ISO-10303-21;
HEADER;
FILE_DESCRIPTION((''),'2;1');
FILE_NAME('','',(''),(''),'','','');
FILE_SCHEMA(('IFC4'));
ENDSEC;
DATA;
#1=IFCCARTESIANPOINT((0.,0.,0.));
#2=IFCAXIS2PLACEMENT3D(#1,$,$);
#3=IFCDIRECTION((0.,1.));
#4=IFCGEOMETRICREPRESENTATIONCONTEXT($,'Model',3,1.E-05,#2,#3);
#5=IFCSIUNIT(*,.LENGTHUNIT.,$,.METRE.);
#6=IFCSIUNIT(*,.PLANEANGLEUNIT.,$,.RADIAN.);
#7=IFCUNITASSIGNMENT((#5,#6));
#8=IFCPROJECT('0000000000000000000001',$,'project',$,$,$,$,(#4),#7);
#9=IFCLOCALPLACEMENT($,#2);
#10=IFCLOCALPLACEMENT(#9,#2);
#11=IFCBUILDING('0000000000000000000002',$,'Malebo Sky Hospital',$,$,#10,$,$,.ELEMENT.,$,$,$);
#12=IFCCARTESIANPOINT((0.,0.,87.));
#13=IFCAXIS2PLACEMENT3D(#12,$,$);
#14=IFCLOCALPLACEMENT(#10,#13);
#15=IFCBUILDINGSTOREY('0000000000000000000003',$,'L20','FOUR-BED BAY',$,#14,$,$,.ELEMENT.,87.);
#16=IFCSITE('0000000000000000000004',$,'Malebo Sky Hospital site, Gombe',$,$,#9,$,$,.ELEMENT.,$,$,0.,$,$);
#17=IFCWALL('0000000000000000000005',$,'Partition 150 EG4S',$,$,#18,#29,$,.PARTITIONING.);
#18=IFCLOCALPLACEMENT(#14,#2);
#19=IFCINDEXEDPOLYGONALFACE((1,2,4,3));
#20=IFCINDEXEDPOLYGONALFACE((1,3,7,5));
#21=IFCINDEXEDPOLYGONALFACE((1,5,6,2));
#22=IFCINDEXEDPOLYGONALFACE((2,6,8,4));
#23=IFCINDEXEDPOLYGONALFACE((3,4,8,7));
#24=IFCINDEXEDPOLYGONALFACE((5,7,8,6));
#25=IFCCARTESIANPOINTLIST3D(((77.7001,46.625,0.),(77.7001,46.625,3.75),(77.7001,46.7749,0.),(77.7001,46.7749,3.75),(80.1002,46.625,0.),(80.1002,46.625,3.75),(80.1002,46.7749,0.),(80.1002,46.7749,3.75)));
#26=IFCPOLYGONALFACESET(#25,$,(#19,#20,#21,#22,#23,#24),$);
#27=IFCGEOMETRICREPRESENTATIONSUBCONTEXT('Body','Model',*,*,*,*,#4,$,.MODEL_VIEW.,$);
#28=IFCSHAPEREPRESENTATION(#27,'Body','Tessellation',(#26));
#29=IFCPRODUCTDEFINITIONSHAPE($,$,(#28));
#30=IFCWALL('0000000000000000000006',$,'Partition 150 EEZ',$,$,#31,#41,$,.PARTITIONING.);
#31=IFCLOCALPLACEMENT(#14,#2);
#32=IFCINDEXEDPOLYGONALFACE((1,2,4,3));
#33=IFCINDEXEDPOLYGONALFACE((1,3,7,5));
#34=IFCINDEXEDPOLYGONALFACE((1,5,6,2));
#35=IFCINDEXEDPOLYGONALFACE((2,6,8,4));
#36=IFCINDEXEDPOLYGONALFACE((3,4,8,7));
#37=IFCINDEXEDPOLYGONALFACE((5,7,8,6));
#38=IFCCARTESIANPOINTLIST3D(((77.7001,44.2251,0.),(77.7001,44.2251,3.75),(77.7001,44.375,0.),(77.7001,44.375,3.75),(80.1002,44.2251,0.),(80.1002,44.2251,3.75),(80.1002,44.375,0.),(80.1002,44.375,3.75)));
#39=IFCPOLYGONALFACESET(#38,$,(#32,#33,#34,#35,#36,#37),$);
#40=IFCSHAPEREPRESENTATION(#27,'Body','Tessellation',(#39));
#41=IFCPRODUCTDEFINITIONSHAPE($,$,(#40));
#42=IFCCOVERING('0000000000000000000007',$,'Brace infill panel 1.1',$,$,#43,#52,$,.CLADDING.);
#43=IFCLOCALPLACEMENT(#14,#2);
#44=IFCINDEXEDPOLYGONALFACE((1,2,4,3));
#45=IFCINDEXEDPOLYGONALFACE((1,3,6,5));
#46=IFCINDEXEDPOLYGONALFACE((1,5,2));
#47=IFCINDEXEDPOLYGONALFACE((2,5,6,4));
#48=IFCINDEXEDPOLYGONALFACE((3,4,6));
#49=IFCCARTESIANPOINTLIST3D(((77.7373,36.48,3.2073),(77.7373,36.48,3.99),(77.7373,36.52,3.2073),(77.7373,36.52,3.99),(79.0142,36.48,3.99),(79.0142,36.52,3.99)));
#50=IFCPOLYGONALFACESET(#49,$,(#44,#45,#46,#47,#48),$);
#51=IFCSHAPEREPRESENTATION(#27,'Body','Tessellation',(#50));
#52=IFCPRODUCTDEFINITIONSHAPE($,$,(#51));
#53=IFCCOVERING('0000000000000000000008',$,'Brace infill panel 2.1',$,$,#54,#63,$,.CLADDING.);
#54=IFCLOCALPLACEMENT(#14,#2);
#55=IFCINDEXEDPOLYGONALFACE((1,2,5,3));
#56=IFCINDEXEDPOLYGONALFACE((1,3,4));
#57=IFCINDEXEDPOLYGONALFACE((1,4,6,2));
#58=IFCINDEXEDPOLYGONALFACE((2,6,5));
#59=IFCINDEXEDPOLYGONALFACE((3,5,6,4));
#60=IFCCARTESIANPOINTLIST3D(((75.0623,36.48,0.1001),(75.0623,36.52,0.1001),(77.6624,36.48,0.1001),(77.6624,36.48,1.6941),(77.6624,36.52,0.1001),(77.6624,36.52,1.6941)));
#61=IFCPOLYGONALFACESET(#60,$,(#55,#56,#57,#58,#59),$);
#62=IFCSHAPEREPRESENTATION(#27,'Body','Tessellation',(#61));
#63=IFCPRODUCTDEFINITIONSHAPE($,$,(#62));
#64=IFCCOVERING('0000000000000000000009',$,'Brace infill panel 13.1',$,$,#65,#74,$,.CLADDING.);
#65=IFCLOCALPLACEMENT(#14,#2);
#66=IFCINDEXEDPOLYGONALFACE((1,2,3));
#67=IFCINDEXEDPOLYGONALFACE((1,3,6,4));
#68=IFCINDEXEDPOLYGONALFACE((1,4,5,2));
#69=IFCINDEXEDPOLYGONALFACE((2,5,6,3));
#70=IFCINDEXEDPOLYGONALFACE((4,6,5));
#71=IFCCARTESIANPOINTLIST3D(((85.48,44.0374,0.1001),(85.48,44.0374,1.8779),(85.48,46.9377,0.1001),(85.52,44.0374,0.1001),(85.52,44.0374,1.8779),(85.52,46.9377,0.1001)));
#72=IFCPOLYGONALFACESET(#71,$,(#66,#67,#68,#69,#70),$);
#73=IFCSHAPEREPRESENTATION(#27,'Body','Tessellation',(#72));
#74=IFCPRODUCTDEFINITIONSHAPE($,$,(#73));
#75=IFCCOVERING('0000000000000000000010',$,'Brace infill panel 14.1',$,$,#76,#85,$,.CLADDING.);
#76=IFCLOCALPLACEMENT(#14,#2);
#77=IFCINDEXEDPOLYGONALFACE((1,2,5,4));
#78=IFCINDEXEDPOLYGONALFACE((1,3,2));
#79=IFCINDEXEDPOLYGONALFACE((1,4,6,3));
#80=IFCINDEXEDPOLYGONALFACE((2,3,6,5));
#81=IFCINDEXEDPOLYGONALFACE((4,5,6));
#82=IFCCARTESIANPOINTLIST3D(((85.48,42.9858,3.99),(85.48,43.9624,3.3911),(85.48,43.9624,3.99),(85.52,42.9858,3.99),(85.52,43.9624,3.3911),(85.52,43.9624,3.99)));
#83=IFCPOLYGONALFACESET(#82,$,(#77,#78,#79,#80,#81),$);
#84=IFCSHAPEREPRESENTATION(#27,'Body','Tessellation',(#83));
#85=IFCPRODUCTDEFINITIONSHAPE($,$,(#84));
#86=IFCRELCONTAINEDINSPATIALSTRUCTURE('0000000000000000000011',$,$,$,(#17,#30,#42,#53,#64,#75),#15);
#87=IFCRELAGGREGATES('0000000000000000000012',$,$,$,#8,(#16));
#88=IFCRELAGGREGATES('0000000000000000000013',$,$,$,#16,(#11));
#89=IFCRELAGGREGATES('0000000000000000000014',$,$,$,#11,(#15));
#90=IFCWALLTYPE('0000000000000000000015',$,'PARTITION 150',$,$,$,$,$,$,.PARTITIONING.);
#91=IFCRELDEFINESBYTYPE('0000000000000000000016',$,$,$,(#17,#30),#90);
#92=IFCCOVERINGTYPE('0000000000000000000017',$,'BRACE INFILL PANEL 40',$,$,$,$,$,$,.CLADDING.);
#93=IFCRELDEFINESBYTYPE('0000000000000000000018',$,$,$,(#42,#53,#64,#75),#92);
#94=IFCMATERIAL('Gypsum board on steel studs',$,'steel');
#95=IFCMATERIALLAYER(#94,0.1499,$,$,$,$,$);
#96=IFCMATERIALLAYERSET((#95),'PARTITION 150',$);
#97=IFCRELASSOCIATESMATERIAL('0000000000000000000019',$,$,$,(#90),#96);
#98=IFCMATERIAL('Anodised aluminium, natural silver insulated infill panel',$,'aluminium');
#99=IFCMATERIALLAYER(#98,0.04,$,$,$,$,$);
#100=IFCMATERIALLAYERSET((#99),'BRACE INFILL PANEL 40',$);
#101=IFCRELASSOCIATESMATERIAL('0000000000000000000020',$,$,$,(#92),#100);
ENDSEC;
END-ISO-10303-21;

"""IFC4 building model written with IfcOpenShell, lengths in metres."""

from ifc_helpers import new_model, si_unit, direction, frame, frame_2d, origin, place, context, subcontext, project, spatial, polyline, rectangle, outline, extrude, material, layer, layer_set, type_object, element, save


model = new_model("IFC4")

# Units and contexts
model_context = context("Model", 3, precision=1e-05, world=origin(), true_north=direction((0.0, 1.0)))
body_context = subcontext(model_context, "Body", "Model", "MODEL_VIEW")
ifc_project = project(units=[si_unit("LENGTHUNIT", "METRE"), si_unit("PLANEANGLEUNIT", "RADIAN")], contexts=[model_context])

# Site, building, storey
site_placement = place(None, origin())
site = spatial("IfcSite", under=ifc_project, at=site_placement, Name="Malebo Sky Hospital site, Gombe", CompositionType="ELEMENT", RefElevation=0.0)
building_placement = place(site_placement, origin())
building = spatial("IfcBuilding", under=site, at=building_placement, Name="Malebo Sky Hospital", CompositionType="ELEMENT")
storey_placement = place(building_placement, frame((0.0, 0.0, 87.0)))
storey = spatial("IfcBuildingStorey", under=building, at=storey_placement, Name="L20", Description="FOUR-BED BAY", CompositionType="ELEMENT", Elevation=87.0)

# Shared definitions
ifc_material_1 = material(Name="Gypsum board on steel studs", Category="steel")

# Shared definitions
ifc_layer_1 = layer(ifc_material_1, 0.1499)
ifc_layer_set_1 = layer_set([ifc_layer_1], Name="PARTITION 150")
wall_type_1 = type_object("IfcWallType", Name="PARTITION 150", PredefinedType="PARTITIONING", material=ifc_layer_set_1)

# Walls
for number, where, z_axis, x_axis, name in (
    (1, (77.7, 46.7, 0.0), (0.0, 0.0, 1.0), (1.0, 0.0, 0.0), "Partition 150 EG4S"),
    (2, (77.7, 44.3, 0.0), (0.0, 0.0, 1.0), (1.0, 0.0, 0.0), "Partition 150 EEZ"),
):
    element("IfcWall", number, at=place(storey_placement, frame(where, z_axis=z_axis, x_axis=x_axis)), inside=storey, type_object=wall_type_1, Name=name, PredefinedType="PARTITIONING", context=body_context, shape_type="SweptSolid", body=[
        extrude(rectangle(XDim=2.4001, YDim=0.1499, at=frame_2d((1.2002, 0.0))), origin(), (0.0, 0.0, 1.0), 3.75),
    ])

# Coverings
ifc_material_2 = material(Name="Anodised aluminium, natural silver insulated infill panel", Category="aluminium")
ifc_layer_2 = layer(ifc_material_2, 0.04)
ifc_layer_set_2 = layer_set([ifc_layer_2], Name="BRACE INFILL PANEL 40")
covering_type = type_object("IfcCoveringType", Name="BRACE INFILL PANEL 40", PredefinedType="CLADDING", material=ifc_layer_set_2)
covering_1_placement = place(storey_placement, frame((78.3757, 36.5, 3.2073), z_axis=(0.0, 0.0, 1.0), x_axis=(-1.0, 0.0, 0.0)))
element("IfcCovering", 3, at=covering_1_placement, inside=storey, type_object=covering_type, Name="Brace infill panel 1.1", PredefinedType="CLADDING", context=body_context, shape_type="SweptSolid", body=[
    extrude(outline(polyline([(0.6384, 0.0), (0.6384, 0.7827), (-0.6384, 0.7827), (0.6384, 0.0)])), frame((0.0, 0.02, 0.0), z_axis=(0.0, -1.0, 0.0), x_axis=(1.0, 0.0, 0.0)), (0.0, 0.0, 1.0), 0.04),
])
covering_2_placement = place(storey_placement, frame((76.3623, 36.5, 0.1001), z_axis=(0.0, 0.0, 1.0), x_axis=(-1.0, 0.0, 0.0)))
element("IfcCovering", 4, at=covering_2_placement, inside=storey, type_object=covering_type, Name="Brace infill panel 2.1", PredefinedType="CLADDING", context=body_context, shape_type="SweptSolid", body=[
    extrude(outline(polyline([(-1.3, 0.0), (1.3, 0.0), (-1.3, 1.594), (-1.3, 0.0)])), frame((0.0, 0.02, 0.0), z_axis=(0.0, -1.0, 0.0), x_axis=(1.0, 0.0, 0.0)), (0.0, 0.0, 1.0), 0.04),
])
covering_3_placement = place(storey_placement, frame((85.5, 45.4875, 0.1001), z_axis=(0.0, 0.0, 1.0), x_axis=(0.0, -1.0, 0.0)))
element("IfcCovering", 5, at=covering_3_placement, inside=storey, type_object=covering_type, Name="Brace infill panel 13.1", PredefinedType="CLADDING", context=body_context, shape_type="SweptSolid", body=[
    extrude(outline(polyline([(-1.4502, 0.0), (1.4502, 0.0), (1.4502, 1.7778), (-1.4502, 0.0)])), frame((0.0, 0.02, 0.0), z_axis=(0.0, -1.0, 0.0), x_axis=(1.0, 0.0, 0.0)), (0.0, 0.0, 1.0), 0.04),
])
covering_4_placement = place(storey_placement, frame((85.5, 43.4741, 3.3911), z_axis=(0.0, 0.0, 1.0), x_axis=(0.0, -1.0, 0.0)))
element("IfcCovering", 6, at=covering_4_placement, inside=storey, type_object=covering_type, Name="Brace infill panel 14.1", PredefinedType="CLADDING", context=body_context, shape_type="SweptSolid", body=[
    extrude(outline(polyline([(-0.4883, 0.0), (0.4883, 0.5989), (-0.4883, 0.5989), (-0.4883, 0.0)])), frame((0.0, 0.02, 0.0), z_axis=(0.0, -1.0, 0.0), x_axis=(1.0, 0.0, 0.0)), (0.0, 0.0, 1.0), 0.04),
])

save(model, "model.ifc")
